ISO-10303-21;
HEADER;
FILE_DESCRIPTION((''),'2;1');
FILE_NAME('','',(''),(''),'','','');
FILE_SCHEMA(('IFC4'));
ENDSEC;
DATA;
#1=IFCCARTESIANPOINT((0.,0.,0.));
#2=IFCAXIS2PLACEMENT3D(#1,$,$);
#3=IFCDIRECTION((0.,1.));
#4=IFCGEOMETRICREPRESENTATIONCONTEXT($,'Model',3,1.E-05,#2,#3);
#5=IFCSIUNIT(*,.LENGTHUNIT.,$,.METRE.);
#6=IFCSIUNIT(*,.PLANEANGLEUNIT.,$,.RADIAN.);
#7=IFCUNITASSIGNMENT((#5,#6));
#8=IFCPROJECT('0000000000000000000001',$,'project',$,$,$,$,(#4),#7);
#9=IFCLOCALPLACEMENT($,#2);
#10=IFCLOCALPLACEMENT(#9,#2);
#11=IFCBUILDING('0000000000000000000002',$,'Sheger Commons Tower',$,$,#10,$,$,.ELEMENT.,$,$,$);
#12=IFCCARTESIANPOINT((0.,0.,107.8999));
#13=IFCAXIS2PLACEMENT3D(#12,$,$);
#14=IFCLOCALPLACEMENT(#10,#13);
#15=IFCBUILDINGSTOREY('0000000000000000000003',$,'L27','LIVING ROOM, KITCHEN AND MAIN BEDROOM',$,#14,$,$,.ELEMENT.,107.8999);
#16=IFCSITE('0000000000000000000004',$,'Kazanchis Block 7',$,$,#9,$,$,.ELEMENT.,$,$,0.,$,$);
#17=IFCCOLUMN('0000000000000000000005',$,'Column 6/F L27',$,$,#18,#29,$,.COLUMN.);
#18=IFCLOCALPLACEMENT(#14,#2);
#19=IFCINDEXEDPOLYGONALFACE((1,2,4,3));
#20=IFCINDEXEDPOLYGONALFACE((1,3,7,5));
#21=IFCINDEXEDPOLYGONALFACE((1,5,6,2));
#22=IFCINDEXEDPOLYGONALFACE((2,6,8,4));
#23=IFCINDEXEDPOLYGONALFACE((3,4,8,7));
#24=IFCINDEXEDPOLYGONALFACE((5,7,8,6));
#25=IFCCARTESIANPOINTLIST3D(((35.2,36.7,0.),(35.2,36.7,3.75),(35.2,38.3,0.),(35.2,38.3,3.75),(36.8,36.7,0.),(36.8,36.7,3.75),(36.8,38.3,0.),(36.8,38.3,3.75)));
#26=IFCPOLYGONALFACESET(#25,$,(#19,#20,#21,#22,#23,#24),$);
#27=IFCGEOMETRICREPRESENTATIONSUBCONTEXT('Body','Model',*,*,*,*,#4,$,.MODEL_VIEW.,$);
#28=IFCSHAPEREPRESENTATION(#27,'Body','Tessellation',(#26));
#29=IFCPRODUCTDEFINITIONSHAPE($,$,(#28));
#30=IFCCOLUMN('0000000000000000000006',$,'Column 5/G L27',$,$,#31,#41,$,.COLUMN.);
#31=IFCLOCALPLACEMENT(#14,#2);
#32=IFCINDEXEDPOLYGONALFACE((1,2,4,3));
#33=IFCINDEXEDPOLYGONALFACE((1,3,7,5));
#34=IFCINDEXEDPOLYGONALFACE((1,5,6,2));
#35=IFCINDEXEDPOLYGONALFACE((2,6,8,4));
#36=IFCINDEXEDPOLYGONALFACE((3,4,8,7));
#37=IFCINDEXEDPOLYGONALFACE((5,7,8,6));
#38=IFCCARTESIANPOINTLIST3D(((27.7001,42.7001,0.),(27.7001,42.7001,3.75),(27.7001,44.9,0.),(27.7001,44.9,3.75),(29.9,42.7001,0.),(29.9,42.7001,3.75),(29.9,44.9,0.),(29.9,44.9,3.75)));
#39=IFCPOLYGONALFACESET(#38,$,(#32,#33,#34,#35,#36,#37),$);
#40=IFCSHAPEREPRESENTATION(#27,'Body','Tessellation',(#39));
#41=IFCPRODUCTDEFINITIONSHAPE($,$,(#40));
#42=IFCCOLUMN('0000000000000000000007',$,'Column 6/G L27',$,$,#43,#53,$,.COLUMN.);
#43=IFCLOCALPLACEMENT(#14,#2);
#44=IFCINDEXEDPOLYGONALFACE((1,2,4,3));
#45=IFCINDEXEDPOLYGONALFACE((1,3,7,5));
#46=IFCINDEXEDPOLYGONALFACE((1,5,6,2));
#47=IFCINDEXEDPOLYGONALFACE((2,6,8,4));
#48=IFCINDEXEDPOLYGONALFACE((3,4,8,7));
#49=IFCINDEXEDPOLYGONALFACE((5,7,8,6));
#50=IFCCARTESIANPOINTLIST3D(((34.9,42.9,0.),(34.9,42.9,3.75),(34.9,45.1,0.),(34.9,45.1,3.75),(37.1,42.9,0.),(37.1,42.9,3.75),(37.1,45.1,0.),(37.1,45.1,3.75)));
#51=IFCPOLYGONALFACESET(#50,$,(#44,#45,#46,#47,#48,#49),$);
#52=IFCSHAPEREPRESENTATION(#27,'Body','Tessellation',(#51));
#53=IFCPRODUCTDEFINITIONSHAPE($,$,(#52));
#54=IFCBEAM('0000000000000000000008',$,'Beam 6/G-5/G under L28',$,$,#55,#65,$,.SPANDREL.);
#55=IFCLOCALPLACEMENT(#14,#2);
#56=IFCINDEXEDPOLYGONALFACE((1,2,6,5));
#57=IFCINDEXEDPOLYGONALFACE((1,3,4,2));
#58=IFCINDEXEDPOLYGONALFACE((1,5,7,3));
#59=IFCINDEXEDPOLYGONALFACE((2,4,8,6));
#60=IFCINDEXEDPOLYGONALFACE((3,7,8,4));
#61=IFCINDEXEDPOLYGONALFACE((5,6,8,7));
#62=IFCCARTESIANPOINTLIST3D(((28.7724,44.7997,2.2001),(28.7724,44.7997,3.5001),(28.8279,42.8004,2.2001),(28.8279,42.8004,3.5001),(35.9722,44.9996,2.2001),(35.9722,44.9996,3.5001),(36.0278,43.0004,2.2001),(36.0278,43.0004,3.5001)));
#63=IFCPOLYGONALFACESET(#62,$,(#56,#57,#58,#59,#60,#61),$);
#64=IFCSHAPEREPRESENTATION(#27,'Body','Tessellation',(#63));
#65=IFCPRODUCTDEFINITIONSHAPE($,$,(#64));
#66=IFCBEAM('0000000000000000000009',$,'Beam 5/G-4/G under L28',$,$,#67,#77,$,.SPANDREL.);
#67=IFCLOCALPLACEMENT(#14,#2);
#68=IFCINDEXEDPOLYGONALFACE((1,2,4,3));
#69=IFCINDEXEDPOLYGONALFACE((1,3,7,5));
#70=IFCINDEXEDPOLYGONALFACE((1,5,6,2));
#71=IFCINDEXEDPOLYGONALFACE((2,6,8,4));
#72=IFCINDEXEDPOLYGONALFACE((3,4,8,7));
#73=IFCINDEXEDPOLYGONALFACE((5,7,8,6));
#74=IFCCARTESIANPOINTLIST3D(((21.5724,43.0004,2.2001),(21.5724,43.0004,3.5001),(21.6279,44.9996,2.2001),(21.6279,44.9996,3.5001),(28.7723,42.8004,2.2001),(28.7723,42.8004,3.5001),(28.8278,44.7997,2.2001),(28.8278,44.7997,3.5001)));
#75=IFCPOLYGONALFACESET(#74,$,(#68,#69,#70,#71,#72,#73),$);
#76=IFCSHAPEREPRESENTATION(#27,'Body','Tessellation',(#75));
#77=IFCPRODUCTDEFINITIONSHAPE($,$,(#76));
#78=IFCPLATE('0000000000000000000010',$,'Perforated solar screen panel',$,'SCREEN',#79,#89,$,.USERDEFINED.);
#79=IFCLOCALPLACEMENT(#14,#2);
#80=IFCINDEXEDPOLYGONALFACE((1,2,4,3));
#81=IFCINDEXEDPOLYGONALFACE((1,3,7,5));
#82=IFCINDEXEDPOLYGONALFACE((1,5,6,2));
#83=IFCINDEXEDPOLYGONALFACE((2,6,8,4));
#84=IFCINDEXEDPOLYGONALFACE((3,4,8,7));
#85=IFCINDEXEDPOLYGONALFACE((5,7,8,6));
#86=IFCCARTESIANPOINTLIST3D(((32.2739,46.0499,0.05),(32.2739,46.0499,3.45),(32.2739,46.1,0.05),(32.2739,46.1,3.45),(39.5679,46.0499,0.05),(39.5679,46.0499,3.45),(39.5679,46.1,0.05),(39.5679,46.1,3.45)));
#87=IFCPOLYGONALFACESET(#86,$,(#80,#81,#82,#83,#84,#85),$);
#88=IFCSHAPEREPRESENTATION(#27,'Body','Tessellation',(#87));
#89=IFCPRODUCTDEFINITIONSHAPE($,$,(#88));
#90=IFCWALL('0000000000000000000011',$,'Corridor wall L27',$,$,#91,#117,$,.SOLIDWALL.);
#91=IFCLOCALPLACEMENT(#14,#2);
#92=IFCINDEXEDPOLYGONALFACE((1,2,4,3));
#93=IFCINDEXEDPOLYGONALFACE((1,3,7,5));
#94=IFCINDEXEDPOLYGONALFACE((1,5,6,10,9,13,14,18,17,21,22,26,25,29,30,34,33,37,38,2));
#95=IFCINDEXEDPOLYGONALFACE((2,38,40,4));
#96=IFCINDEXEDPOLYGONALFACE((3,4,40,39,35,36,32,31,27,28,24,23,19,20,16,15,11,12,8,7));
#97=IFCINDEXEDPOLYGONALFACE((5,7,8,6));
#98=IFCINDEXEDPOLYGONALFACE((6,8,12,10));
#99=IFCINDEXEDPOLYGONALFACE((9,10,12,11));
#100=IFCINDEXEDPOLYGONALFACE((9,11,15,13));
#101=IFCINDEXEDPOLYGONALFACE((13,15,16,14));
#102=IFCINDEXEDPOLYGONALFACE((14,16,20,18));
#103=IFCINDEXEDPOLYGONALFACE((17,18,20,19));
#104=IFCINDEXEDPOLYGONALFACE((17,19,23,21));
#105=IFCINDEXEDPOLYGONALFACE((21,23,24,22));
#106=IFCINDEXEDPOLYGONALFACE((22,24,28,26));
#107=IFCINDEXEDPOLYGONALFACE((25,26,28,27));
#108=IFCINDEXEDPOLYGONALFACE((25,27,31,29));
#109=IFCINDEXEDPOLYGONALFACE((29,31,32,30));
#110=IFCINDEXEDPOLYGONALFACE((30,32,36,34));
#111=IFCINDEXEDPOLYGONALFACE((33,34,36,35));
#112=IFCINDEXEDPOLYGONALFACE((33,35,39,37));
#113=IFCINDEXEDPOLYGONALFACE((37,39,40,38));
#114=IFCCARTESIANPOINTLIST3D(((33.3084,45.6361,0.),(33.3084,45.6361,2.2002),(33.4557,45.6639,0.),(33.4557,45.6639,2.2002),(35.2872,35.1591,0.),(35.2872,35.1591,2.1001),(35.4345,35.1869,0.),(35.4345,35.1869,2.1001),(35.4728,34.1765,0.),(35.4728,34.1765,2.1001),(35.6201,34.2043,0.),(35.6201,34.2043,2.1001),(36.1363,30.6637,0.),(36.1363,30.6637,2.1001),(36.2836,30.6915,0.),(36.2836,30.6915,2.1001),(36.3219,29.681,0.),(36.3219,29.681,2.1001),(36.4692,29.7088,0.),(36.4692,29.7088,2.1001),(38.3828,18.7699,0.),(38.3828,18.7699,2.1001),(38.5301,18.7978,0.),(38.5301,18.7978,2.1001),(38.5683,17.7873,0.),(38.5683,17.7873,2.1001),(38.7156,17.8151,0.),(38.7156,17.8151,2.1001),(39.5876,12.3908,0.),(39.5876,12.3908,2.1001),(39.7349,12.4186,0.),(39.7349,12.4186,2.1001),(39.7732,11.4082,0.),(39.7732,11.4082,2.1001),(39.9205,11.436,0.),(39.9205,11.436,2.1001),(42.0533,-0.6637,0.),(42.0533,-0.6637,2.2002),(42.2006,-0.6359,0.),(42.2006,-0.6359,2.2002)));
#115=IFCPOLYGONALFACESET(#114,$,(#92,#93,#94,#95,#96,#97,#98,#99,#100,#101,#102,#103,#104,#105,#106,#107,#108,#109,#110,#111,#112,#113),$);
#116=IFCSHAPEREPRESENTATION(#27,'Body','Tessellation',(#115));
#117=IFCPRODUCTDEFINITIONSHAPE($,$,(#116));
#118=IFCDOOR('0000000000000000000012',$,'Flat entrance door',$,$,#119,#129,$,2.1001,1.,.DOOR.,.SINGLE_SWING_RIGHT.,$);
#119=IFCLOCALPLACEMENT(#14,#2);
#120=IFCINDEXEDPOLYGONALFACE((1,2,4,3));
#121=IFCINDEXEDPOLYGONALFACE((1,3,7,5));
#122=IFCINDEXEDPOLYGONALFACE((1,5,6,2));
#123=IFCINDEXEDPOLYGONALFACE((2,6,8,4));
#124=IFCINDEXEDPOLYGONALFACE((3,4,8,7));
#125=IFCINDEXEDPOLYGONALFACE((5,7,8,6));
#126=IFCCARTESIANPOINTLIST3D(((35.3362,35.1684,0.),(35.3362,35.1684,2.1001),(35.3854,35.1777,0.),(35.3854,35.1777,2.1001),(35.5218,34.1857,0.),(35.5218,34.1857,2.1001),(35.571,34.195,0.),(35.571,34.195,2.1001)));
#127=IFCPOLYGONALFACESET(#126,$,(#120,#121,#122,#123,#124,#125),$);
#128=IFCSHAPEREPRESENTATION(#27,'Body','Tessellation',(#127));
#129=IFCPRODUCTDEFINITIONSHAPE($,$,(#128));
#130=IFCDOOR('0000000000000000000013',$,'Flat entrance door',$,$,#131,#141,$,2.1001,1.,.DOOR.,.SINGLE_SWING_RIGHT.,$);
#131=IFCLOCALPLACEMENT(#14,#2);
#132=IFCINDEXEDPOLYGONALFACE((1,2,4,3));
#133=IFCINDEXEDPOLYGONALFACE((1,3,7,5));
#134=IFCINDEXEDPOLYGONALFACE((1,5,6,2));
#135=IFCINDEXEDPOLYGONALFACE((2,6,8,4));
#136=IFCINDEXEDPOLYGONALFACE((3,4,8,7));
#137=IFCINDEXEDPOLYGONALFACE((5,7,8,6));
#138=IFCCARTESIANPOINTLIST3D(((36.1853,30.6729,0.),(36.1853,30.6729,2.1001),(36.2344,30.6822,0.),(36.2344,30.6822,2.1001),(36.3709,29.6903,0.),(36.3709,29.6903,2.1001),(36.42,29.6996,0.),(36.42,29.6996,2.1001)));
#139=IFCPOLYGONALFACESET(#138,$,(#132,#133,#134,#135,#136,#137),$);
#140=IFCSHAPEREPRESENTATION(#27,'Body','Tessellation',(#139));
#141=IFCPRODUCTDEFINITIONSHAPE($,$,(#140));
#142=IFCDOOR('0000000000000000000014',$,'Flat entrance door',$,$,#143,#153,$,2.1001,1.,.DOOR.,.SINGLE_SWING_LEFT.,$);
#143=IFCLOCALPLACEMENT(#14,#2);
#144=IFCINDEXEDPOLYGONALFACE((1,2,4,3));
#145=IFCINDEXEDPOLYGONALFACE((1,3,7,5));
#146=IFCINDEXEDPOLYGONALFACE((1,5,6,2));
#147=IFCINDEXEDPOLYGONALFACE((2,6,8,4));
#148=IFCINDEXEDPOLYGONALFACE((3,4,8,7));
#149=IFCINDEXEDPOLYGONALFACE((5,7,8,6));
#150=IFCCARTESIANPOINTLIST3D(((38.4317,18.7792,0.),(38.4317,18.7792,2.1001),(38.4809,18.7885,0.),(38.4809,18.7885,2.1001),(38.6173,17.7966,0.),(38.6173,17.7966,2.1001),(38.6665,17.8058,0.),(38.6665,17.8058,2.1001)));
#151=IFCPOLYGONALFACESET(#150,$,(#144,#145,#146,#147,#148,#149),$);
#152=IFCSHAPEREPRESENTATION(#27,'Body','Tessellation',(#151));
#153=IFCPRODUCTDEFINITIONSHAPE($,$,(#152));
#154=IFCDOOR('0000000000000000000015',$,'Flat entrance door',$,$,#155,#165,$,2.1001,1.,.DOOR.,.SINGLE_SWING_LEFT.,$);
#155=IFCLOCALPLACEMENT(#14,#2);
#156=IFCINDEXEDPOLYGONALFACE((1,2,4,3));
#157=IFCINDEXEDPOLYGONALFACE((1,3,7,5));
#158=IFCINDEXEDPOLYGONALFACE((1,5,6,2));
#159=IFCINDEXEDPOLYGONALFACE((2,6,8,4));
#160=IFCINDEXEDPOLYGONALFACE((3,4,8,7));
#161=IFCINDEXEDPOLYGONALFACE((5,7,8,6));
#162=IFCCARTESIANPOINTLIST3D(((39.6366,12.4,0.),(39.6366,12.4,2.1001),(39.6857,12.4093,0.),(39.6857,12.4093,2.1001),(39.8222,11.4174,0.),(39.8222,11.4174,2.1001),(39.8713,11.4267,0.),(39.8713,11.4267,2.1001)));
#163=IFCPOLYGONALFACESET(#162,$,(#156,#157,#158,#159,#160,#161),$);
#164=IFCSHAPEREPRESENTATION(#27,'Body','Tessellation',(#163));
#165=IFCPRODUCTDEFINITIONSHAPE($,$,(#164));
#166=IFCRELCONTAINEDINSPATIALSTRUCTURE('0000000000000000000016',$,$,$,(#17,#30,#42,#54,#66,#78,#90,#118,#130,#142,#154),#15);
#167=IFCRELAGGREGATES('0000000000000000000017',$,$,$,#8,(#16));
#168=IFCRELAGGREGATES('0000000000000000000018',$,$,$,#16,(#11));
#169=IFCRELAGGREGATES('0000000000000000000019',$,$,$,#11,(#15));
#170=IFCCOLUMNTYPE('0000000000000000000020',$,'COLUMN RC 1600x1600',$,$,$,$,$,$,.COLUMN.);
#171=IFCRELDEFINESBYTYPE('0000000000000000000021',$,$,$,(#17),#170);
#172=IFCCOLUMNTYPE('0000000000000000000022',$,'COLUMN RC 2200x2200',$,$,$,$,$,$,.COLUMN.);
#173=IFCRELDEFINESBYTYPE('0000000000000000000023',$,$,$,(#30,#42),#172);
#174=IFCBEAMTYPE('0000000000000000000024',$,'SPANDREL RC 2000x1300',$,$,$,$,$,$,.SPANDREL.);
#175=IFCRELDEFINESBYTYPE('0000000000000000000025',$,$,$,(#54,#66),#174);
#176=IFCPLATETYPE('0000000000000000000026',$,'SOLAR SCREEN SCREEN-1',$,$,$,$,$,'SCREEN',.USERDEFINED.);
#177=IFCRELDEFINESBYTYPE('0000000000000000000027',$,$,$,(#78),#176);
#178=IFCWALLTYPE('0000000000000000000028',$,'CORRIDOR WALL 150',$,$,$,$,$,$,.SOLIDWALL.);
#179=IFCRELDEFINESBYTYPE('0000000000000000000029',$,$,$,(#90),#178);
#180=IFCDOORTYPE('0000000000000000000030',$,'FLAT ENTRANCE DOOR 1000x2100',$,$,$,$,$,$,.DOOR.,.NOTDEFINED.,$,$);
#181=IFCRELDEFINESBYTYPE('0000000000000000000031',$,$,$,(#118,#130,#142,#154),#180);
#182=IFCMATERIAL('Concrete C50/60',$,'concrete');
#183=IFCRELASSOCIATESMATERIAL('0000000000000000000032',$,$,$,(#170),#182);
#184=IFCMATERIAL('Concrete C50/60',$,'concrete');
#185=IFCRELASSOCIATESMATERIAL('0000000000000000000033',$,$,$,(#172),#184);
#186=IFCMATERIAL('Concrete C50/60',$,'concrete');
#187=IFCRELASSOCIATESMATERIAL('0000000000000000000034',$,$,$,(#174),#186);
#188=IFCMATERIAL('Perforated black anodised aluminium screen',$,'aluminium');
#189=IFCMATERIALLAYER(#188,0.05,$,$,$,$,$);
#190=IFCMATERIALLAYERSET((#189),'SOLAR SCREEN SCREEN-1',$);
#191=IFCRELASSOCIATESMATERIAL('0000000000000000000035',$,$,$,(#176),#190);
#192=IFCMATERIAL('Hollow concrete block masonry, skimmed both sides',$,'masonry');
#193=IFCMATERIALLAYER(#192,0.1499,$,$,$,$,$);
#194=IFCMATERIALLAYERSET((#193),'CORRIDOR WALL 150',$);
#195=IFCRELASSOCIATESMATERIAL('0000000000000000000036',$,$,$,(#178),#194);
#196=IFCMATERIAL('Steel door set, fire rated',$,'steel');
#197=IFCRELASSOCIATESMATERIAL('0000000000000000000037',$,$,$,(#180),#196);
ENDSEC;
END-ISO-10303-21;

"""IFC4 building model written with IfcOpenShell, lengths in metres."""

from ifc_helpers import new_model, si_unit, direction, frame, frame_2d, origin, origin_2d, place, context, subcontext, project, spatial, rectangle, extrude, material, layer, layer_set, material_profile, profile_set, type_object, element, fill, save


model = new_model("IFC4")

# Units and contexts
model_context = context("Model", 3, precision=1e-05, world=origin(), true_north=direction((0.0, 1.0)))
body_context = subcontext(model_context, "Body", "Model", "MODEL_VIEW")
ifc_project = project(units=[si_unit("LENGTHUNIT", "METRE"), si_unit("PLANEANGLEUNIT", "RADIAN")], contexts=[model_context])

# Site, building, storey
site_placement = place(None, origin())
site = spatial("IfcSite", under=ifc_project, at=site_placement, Name="Kazanchis Block 7", CompositionType="ELEMENT", RefElevation=0.0)
building_placement = place(site_placement, origin())
building = spatial("IfcBuilding", under=site, at=building_placement, Name="Sheger Commons Tower", CompositionType="ELEMENT")
storey_placement = place(building_placement, frame((0.0, 0.0, 107.8999)))
storey = spatial("IfcBuildingStorey", under=building, at=storey_placement, Name="L27", Description="LIVING ROOM, KITCHEN AND MAIN BEDROOM", CompositionType="ELEMENT", Elevation=107.8999)

# Columns
ifc_material_1 = material(Name="Concrete C50/60", Category="concrete")
ifc_material_profile_1 = material_profile(ifc_material_1, rectangle(XDim=1.6001, YDim=1.6001, at=origin_2d()), Name="RC 1600x1600")
ifc_profile_set_1 = profile_set([ifc_material_profile_1], Name="Concrete C50/60")
column_type_1 = type_object("IfcColumnType", Name="COLUMN RC 1600x1600", PredefinedType="COLUMN", material=ifc_profile_set_1)
column_placement = place(storey_placement, frame((36.0, 37.5, 0.0), z_axis=(0.0, 0.0, 1.0), x_axis=(1.0, 0.0, 0.0)))
element("IfcColumn", 1, at=column_placement, inside=storey, type_object=column_type_1, Name="Column 6/F L27", PredefinedType="COLUMN", context=body_context, shape_type="SweptSolid", body=[
    extrude(rectangle(XDim=1.6001, YDim=1.6001, at=origin_2d()), origin(), (0.0, 0.0, 1.0), 3.75),
])
ifc_material_2 = material(Name="Concrete C50/60", Category="concrete")
ifc_material_profile_2 = material_profile(ifc_material_2, rectangle(XDim=2.2, YDim=2.2, at=origin_2d()), Name="RC 2200x2200")
ifc_profile_set_2 = profile_set([ifc_material_profile_2], Name="Concrete C50/60")
column_type_2 = type_object("IfcColumnType", Name="COLUMN RC 2200x2200", PredefinedType="COLUMN", material=ifc_profile_set_2)
for number, where, z_axis, x_axis, name in (
    (2, (28.8, 43.8, 0.0), (0.0, 0.0, 1.0), (1.0, 0.0, 0.0), "Column 5/G L27"),
    (3, (36.0, 44.0, 0.0), (0.0, 0.0, 1.0), (1.0, 0.0, 0.0), "Column 6/G L27"),
):
    element("IfcColumn", number, at=place(storey_placement, frame(where, z_axis=z_axis, x_axis=x_axis)), inside=storey, type_object=column_type_2, Name=name, PredefinedType="COLUMN", context=body_context, shape_type="SweptSolid", body=[
        extrude(rectangle(XDim=2.2, YDim=2.2, at=origin_2d()), origin(), (0.0, 0.0, 1.0), 3.75),
    ])

# Beams
ifc_material_3 = material(Name="Concrete C50/60", Category="concrete")
ifc_material_profile_3 = material_profile(ifc_material_3, rectangle(XDim=2.0, YDim=1.3, at=origin_2d()), Name="RC 2000x1300")
ifc_profile_set_3 = profile_set([ifc_material_profile_3], Name="Concrete C50/60")
beam_type = type_object("IfcBeamType", Name="SPANDREL RC 2000x1300", PredefinedType="SPANDREL", material=ifc_profile_set_3)
for number, where, z_axis, x_axis, name in (
    (4, (36.0, 44.0, 2.8501), (-0.999615, -0.02776, 0.0), (0.02776, -0.999615, 0.0), "Beam 6/G-5/G under L28"),
    (5, (28.8, 43.8, 2.8501), (-0.999615, 0.02776, 0.0), (-0.02776, -0.999615, 0.0), "Beam 5/G-4/G under L28"),
):
    element("IfcBeam", number, at=place(storey_placement, frame(where, z_axis=z_axis, x_axis=x_axis)), inside=storey, type_object=beam_type, Name=name, PredefinedType="SPANDREL", context=body_context, shape_type="SweptSolid", body=[
        extrude(rectangle(XDim=2.0, YDim=1.3, at=origin_2d()), origin(), (0.0, 0.0, 1.0), 7.2026),
    ])

# Plate
ifc_material_4 = material(Name="Perforated black anodised aluminium screen", Category="aluminium")
ifc_layer_1 = layer(ifc_material_4, 0.05)
ifc_layer_set_1 = layer_set([ifc_layer_1], Name="SOLAR SCREEN SCREEN-1")
plate_type = type_object("IfcPlateType", Name="SOLAR SCREEN SCREEN-1", ElementType="SCREEN", PredefinedType="USERDEFINED", material=ifc_layer_set_1)
plate_placement = place(storey_placement, frame((35.9209, 46.075, 0.05), z_axis=(0.0, 0.0, 1.0), x_axis=(-1.0, 0.0, 0.0)))
element("IfcPlate", 6, at=plate_placement, inside=storey, type_object=plate_type, Name="Perforated solar screen panel", ObjectType="SCREEN", PredefinedType="USERDEFINED", context=body_context, shape_type="SweptSolid", body=[
    extrude(rectangle(XDim=7.2939, YDim=0.05, at=origin_2d()), origin(), (0.0, 0.0, 1.0), 3.3999),
])

# Wall, openings, doors
ifc_material_5 = material(Name="Hollow concrete block masonry, skimmed both sides", Category="masonry")
ifc_layer_2 = layer(ifc_material_5, 0.1499)
ifc_layer_set_2 = layer_set([ifc_layer_2], Name="CORRIDOR WALL 150")
wall_type_1 = type_object("IfcWallType", Name="CORRIDOR WALL 150", PredefinedType="SOLIDWALL", material=ifc_layer_set_2)
wall_1_placement = place(storey_placement, frame((33.3821, 45.6499, 0.0), z_axis=(0.0, 0.0, 1.0), x_axis=(0.185594, -0.982627, 0.0)))
wall_1 = element("IfcWall", 7, at=wall_1_placement, inside=storey, type_object=wall_type_1, Name="Corridor wall L27", PredefinedType="SOLIDWALL", context=body_context, shape_type="SweptSolid", body=[
    extrude(rectangle(XDim=47.1184, YDim=0.1499, at=frame_2d((23.5591, 0.0))), origin(), (0.0, 0.0, 1.0), 2.2002),
])
opening_1_placement = place(wall_1_placement, frame((10.6621, 0.0, 0.0)))
opening_1 = element("IfcOpeningElement", 8, at=opening_1_placement, cuts=wall_1, PredefinedType="OPENING", context=body_context, shape_type="SweptSolid", body=[
    extrude(rectangle(XDim=1.0, YDim=2.1001, at=frame_2d((0.5, 1.05))), frame((0.0, 0.085, 0.0), z_axis=(0.0, -1.0, 0.0), x_axis=(1.0, 0.0, 0.0)), (0.0, 0.0, 1.0), 0.1699),
])
opening_2_placement = place(wall_1_placement, frame((15.2371, 0.0, 0.0)))
opening_2 = element("IfcOpeningElement", 9, at=opening_2_placement, cuts=wall_1, PredefinedType="OPENING", context=body_context, shape_type="SweptSolid", body=[
    extrude(rectangle(XDim=1.0, YDim=2.1001, at=frame_2d((0.5, 1.05))), frame((0.0, 0.085, 0.0), z_axis=(0.0, -1.0, 0.0), x_axis=(1.0, 0.0, 0.0)), (0.0, 0.0, 1.0), 0.1699),
])
opening_3_placement = place(wall_1_placement, frame((27.3411, 0.0, 0.0)))
opening_3 = element("IfcOpeningElement", 10, at=opening_3_placement, cuts=wall_1, PredefinedType="OPENING", context=body_context, shape_type="SweptSolid", body=[
    extrude(rectangle(XDim=1.0, YDim=2.1001, at=frame_2d((0.5, 1.05))), frame((0.0, 0.085, 0.0), z_axis=(0.0, -1.0, 0.0), x_axis=(1.0, 0.0, 0.0)), (0.0, 0.0, 1.0), 0.1699),
])
opening_4_placement = place(wall_1_placement, frame((33.833, 0.0, 0.0)))
opening_4 = element("IfcOpeningElement", 11, at=opening_4_placement, cuts=wall_1, PredefinedType="OPENING", context=body_context, shape_type="SweptSolid", body=[
    extrude(rectangle(XDim=1.0, YDim=2.1001, at=frame_2d((0.5, 1.05))), frame((0.0, 0.085, 0.0), z_axis=(0.0, -1.0, 0.0), x_axis=(1.0, 0.0, 0.0)), (0.0, 0.0, 1.0), 0.1699),
])
ifc_material_6 = material(Name="Steel door set, fire rated", Category="steel")
door_type = type_object("IfcDoorType", Name="FLAT ENTRANCE DOOR 1000x2100", OperationType="NOTDEFINED", PredefinedType="DOOR", material=ifc_material_6)
door_1_placement = place(opening_1_placement, origin())
door_1 = element("IfcDoor", 12, at=door_1_placement, inside=storey, type_object=door_type, Name="Flat entrance door", OperationType="SINGLE_SWING_RIGHT", OverallHeight=2.1001, OverallWidth=1.0, PredefinedType="DOOR", context=body_context, shape_type="SweptSolid", body=[
    extrude(rectangle(XDim=1.0, YDim=2.1001, at=frame_2d((0.5, 1.05))), frame((0.0, 0.0249, 0.0), z_axis=(0.0, -1.0, 0.0), x_axis=(1.0, 0.0, 0.0)), (0.0, 0.0, 1.0), 0.05),
])
fill(opening_1, door_1)
door_2_placement = place(opening_2_placement, origin())
door_2 = element("IfcDoor", 13, at=door_2_placement, inside=storey, type_object=door_type, Name="Flat entrance door", OperationType="SINGLE_SWING_RIGHT", OverallHeight=2.1001, OverallWidth=1.0, PredefinedType="DOOR", context=body_context, shape_type="SweptSolid", body=[
    extrude(rectangle(XDim=1.0, YDim=2.1001, at=frame_2d((0.5, 1.05))), frame((0.0, 0.0249, 0.0), z_axis=(0.0, -1.0, 0.0), x_axis=(1.0, 0.0, 0.0)), (0.0, 0.0, 1.0), 0.05),
])
fill(opening_2, door_2)
door_3_placement = place(opening_3_placement, origin())
door_3 = element("IfcDoor", 14, at=door_3_placement, inside=storey, type_object=door_type, Name="Flat entrance door", OperationType="SINGLE_SWING_LEFT", OverallHeight=2.1001, OverallWidth=1.0, PredefinedType="DOOR", context=body_context, shape_type="SweptSolid", body=[
    extrude(rectangle(XDim=1.0, YDim=2.1001, at=frame_2d((0.5, 1.05))), frame((0.0, 0.0249, 0.0), z_axis=(0.0, -1.0, 0.0), x_axis=(1.0, 0.0, 0.0)), (0.0, 0.0, 1.0), 0.05),
])
fill(opening_3, door_3)
door_4_placement = place(opening_4_placement, origin())
door_4 = element("IfcDoor", 15, at=door_4_placement, inside=storey, type_object=door_type, Name="Flat entrance door", OperationType="SINGLE_SWING_LEFT", OverallHeight=2.1001, OverallWidth=1.0, PredefinedType="DOOR", context=body_context, shape_type="SweptSolid", body=[
    extrude(rectangle(XDim=1.0, YDim=2.1001, at=frame_2d((0.5, 1.05))), frame((0.0, 0.0249, 0.0), z_axis=(0.0, -1.0, 0.0), x_axis=(1.0, 0.0, 0.0)), (0.0, 0.0, 1.0), 0.05),
])
fill(opening_4, door_4)

save(model, "model.ifc")
